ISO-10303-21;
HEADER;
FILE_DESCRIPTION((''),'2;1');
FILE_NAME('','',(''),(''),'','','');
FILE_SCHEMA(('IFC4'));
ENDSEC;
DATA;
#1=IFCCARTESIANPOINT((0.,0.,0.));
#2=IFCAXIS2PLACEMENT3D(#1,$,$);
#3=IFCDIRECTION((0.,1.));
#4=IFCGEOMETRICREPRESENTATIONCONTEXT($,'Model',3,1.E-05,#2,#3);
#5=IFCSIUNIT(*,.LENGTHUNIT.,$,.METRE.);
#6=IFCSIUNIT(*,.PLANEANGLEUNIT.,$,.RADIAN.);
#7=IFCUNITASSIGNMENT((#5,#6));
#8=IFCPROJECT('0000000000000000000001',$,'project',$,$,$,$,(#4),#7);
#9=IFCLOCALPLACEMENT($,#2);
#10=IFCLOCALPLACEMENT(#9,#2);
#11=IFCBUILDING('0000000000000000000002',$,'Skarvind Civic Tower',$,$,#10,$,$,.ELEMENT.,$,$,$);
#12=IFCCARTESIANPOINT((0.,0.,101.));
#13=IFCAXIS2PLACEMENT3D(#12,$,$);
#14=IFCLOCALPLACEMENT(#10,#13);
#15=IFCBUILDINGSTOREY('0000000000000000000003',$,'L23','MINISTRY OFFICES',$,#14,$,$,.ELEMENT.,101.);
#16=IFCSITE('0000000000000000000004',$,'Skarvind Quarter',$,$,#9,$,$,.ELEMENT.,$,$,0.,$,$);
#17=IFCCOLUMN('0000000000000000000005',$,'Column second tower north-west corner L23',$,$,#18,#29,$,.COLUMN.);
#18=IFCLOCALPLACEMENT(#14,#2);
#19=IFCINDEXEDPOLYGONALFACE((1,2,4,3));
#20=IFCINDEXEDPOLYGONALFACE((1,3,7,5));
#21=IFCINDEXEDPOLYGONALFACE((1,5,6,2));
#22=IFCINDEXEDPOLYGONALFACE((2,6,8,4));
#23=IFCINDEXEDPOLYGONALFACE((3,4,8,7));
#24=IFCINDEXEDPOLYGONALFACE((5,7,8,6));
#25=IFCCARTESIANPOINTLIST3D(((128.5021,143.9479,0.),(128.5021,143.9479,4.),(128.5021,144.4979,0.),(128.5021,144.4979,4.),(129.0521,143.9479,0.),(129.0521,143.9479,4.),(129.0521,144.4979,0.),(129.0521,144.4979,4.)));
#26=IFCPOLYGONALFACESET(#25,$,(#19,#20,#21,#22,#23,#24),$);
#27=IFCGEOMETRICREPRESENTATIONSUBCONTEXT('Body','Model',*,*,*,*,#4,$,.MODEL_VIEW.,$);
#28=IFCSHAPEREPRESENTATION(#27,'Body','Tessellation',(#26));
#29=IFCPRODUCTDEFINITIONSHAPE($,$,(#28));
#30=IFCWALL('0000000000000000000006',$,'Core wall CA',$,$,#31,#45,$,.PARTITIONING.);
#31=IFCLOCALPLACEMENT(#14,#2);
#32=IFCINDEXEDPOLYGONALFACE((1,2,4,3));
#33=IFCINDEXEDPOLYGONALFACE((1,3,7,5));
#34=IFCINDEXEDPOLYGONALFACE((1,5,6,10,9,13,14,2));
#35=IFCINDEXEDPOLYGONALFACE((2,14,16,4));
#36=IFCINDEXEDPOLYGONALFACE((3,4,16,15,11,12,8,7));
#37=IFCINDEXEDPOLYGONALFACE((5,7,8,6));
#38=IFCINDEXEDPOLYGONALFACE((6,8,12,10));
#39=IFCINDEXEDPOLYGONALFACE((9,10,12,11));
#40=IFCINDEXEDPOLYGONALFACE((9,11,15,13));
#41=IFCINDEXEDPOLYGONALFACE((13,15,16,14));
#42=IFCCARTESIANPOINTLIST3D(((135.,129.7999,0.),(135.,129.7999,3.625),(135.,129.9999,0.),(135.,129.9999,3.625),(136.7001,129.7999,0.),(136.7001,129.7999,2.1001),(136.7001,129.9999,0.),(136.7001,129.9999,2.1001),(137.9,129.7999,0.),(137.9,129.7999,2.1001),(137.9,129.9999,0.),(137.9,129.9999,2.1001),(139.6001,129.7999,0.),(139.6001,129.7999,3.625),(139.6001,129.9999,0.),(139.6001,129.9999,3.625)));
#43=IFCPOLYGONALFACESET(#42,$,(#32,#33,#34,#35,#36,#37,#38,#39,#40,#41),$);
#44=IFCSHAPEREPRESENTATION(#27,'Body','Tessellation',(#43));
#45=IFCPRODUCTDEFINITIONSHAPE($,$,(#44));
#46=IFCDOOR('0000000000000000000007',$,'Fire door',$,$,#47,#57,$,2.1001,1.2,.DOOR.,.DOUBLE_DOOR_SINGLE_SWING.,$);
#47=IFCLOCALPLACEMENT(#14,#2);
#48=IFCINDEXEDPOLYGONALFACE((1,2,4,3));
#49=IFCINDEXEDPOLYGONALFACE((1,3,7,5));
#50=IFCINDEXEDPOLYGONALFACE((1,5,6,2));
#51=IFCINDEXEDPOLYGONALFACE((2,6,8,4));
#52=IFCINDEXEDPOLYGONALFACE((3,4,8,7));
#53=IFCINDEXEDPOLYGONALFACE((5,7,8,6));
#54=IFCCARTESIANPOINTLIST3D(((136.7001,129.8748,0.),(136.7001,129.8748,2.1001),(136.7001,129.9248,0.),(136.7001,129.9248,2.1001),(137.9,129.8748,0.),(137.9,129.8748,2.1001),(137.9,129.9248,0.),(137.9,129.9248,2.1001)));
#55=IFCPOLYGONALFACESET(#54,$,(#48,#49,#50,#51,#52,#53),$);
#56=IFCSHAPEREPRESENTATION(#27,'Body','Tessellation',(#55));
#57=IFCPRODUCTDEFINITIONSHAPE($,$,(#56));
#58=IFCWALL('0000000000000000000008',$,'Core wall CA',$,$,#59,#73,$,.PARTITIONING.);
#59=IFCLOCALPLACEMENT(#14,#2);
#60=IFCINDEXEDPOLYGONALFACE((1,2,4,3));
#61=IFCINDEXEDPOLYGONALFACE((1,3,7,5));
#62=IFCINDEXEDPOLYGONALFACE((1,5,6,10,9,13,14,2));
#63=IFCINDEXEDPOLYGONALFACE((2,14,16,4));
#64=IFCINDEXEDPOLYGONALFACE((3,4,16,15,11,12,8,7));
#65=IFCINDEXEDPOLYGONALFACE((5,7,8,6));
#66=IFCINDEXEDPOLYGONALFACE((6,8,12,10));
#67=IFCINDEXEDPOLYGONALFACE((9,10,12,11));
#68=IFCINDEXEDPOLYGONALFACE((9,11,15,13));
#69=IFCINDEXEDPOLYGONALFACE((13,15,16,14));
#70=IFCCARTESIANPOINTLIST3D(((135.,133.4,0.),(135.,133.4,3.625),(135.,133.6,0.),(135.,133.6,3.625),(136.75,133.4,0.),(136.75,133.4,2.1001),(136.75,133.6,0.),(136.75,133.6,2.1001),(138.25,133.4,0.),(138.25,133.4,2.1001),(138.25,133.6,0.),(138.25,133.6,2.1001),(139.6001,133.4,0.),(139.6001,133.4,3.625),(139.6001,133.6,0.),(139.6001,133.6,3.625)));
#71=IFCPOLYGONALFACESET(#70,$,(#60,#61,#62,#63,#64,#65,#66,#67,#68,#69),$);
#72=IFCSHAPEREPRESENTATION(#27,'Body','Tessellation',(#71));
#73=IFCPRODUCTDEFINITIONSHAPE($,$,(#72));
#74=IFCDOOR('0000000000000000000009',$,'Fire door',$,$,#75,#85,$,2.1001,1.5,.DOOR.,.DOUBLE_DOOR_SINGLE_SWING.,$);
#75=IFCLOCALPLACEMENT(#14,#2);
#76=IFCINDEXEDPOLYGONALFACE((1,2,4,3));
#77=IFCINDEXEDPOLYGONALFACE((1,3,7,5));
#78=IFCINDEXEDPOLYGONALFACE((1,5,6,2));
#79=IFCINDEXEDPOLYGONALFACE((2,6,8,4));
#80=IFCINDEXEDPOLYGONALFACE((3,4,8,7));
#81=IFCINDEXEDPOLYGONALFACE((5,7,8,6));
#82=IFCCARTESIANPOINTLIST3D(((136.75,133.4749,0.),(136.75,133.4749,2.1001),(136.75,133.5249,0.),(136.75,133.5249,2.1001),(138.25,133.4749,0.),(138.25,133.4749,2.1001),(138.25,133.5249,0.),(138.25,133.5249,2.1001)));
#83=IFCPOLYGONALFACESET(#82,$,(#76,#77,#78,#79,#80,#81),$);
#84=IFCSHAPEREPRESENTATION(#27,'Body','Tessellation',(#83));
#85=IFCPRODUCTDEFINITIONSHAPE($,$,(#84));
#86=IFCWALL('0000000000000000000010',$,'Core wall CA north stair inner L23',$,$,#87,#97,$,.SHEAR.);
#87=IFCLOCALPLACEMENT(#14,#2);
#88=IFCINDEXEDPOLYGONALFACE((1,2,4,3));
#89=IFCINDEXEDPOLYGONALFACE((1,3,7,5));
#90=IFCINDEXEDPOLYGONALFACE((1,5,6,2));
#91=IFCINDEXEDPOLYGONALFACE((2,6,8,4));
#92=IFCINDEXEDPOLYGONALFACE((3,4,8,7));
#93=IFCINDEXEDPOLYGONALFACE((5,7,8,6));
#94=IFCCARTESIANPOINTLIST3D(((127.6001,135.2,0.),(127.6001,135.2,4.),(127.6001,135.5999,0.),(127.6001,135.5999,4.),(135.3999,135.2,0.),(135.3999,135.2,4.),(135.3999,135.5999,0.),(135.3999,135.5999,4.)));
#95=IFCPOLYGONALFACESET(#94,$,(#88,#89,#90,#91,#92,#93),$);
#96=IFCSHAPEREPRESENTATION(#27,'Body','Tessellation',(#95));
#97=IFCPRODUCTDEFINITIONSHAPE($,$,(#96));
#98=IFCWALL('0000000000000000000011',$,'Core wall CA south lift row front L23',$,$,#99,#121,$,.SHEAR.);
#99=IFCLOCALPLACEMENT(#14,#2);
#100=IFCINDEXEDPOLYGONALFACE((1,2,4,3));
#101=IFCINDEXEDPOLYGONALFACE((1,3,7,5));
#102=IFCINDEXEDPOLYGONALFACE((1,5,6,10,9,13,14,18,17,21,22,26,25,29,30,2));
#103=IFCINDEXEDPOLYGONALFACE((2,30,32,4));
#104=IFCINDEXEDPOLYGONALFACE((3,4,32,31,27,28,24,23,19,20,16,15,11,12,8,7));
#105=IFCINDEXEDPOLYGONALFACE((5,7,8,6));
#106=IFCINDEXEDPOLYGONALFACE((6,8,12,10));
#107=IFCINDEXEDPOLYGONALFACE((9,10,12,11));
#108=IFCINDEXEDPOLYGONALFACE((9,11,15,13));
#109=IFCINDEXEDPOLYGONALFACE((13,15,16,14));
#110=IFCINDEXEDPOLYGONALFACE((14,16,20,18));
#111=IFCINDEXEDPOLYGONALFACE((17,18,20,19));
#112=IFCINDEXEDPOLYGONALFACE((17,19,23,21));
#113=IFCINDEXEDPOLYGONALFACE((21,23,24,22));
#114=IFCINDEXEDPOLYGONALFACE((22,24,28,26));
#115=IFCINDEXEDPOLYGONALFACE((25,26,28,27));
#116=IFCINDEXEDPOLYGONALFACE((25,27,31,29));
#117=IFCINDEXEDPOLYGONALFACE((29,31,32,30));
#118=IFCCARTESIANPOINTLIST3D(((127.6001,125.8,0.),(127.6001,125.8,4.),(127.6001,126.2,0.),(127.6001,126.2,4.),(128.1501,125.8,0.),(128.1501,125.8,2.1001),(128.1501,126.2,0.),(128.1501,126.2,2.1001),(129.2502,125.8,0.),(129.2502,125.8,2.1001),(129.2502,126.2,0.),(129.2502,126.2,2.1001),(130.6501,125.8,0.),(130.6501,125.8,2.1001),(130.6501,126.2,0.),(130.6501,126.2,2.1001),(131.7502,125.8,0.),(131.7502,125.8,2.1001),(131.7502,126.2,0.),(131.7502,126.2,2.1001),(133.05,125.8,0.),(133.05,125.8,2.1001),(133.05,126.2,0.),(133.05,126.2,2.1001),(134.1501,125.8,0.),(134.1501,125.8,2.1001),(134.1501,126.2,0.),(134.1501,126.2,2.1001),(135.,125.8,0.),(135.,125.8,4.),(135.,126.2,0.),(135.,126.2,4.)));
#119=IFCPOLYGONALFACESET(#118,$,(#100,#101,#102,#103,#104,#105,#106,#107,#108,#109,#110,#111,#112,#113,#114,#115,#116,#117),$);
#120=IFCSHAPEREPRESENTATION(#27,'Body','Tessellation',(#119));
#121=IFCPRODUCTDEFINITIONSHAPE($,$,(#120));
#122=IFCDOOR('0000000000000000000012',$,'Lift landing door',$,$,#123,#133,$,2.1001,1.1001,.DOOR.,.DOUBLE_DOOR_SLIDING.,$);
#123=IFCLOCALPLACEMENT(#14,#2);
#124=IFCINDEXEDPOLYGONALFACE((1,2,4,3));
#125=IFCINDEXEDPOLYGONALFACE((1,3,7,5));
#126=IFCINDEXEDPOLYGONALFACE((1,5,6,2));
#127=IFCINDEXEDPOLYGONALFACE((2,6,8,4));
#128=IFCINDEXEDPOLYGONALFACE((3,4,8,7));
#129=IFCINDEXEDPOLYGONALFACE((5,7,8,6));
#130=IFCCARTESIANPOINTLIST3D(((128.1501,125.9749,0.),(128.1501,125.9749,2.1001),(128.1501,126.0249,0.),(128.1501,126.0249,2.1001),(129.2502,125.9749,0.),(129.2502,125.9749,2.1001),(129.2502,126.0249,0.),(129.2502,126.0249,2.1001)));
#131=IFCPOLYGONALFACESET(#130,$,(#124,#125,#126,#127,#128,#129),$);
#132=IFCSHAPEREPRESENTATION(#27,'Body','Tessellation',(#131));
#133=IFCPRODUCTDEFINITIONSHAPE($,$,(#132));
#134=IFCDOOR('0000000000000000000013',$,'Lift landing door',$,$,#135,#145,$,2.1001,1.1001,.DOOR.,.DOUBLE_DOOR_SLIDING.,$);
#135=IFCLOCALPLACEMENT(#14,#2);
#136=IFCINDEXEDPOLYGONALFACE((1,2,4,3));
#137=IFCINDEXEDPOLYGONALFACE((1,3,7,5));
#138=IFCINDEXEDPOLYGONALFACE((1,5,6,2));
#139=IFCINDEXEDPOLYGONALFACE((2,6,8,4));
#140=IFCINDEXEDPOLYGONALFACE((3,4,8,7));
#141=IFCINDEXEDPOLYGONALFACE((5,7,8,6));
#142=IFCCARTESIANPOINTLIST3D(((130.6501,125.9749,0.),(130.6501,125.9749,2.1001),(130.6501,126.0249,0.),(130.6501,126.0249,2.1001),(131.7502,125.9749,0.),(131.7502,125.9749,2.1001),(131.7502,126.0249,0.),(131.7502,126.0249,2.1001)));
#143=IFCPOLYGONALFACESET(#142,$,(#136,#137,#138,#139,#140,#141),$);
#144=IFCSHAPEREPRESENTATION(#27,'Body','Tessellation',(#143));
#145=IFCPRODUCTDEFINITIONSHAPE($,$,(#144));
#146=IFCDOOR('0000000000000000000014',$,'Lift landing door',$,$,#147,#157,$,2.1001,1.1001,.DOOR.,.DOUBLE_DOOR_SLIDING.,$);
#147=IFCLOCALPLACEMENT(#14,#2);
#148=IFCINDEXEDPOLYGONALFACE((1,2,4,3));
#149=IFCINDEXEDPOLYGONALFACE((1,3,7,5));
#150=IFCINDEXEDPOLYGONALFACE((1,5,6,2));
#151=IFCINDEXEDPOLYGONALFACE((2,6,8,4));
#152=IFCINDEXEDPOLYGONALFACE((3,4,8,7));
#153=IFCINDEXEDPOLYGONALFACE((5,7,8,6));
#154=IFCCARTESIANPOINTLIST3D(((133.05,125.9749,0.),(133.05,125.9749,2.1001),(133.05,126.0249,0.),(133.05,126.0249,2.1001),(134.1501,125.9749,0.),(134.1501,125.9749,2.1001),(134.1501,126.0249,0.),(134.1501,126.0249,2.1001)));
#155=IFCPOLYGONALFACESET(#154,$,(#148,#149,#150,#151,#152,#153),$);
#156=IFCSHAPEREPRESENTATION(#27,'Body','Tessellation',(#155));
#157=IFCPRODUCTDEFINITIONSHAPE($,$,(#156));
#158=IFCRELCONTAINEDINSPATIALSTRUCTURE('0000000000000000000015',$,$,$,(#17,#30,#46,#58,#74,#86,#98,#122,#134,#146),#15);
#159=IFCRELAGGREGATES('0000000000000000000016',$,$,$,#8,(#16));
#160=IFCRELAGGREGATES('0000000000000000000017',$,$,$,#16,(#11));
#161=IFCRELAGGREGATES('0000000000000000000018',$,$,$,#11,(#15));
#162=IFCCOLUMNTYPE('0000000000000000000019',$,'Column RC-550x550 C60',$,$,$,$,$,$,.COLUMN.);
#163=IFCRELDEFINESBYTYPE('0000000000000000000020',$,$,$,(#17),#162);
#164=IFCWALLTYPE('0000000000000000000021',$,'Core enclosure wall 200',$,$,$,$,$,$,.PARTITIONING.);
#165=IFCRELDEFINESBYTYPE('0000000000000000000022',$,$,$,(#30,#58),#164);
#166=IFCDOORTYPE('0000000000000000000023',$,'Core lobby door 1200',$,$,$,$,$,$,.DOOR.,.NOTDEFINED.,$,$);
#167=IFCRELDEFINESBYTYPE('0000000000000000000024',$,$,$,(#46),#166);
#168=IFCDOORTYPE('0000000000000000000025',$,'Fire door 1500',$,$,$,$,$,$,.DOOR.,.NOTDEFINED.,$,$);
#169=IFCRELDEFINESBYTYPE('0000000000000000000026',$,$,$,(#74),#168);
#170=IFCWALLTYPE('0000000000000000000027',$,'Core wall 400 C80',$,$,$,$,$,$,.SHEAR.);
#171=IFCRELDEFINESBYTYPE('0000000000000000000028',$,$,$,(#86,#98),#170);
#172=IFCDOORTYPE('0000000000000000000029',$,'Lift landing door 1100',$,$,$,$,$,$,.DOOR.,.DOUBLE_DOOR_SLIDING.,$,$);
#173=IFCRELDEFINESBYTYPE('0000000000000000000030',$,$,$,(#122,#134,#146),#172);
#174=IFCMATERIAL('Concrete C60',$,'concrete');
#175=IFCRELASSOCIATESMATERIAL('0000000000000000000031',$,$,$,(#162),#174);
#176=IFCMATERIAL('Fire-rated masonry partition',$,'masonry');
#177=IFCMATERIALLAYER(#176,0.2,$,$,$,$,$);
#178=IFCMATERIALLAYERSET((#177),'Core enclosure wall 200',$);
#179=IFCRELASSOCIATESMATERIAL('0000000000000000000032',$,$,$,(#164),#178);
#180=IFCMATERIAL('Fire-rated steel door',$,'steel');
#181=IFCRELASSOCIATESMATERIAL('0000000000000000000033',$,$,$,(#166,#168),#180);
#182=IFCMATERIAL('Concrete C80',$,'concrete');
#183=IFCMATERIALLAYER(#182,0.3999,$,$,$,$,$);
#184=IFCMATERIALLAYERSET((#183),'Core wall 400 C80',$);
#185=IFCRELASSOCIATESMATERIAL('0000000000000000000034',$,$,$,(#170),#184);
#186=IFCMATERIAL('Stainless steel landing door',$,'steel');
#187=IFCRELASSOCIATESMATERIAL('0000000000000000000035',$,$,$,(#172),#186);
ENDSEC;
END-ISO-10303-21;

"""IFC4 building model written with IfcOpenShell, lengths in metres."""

from ifc_helpers import new_model, si_unit, direction, frame, frame_2d, origin, origin_2d, place, context, subcontext, project, spatial, rectangle, extrude, material, layer, layer_set, material_profile, profile_set, type_object, element, fill, save


model = new_model("IFC4")

# Units and contexts
model_context = context("Model", 3, precision=1e-05, world=origin(), true_north=direction((0.0, 1.0)))
body_context = subcontext(model_context, "Body", "Model", "MODEL_VIEW")
ifc_project = project(units=[si_unit("LENGTHUNIT", "METRE"), si_unit("PLANEANGLEUNIT", "RADIAN")], contexts=[model_context])

# Site, building, storey
site_placement = place(None, origin())
site = spatial("IfcSite", under=ifc_project, at=site_placement, Name="Skarvind Quarter", CompositionType="ELEMENT", RefElevation=0.0)
building_placement = place(site_placement, origin())
building = spatial("IfcBuilding", under=site, at=building_placement, Name="Skarvind Civic Tower", CompositionType="ELEMENT")
storey_placement = place(building_placement, frame((0.0, 0.0, 101.0)))
storey = spatial("IfcBuildingStorey", under=building, at=storey_placement, Name="L23", Description="MINISTRY OFFICES", CompositionType="ELEMENT", Elevation=101.0)

# Column
ifc_material_1 = material(Name="Concrete C60", Category="concrete")
ifc_material_profile = material_profile(ifc_material_1, rectangle(XDim=0.55, YDim=0.55, at=origin_2d()), Name="RC-550x550")
ifc_profile_set = profile_set([ifc_material_profile], Name="Concrete C60")
column_type = type_object("IfcColumnType", Name="Column RC-550x550 C60", PredefinedType="COLUMN", material=ifc_profile_set)
column_placement = place(storey_placement, frame((128.7771, 144.2229, 0.0), z_axis=(0.0, 0.0, 1.0), x_axis=(1.0, 0.0, 0.0)))
element("IfcColumn", 1, at=column_placement, inside=storey, type_object=column_type, Name="Column second tower north-west corner L23", PredefinedType="COLUMN", context=body_context, shape_type="SweptSolid", body=[
    extrude(rectangle(XDim=0.55, YDim=0.55, at=origin_2d()), origin(), (0.0, 0.0, 1.0), 4.0),
])

# Walls, openings, doors
ifc_material_2 = material(Name="Fire-rated masonry partition", Category="masonry")
ifc_layer_1 = layer(ifc_material_2, 0.2)
ifc_layer_set_1 = layer_set([ifc_layer_1], Name="Core enclosure wall 200")
wall_type_1 = type_object("IfcWallType", Name="Core enclosure wall 200", PredefinedType="PARTITIONING", material=ifc_layer_set_1)
wall_1_placement = place(storey_placement, frame((135.0, 129.8999, 0.0), z_axis=(0.0, 0.0, 1.0), x_axis=(1.0, 0.0, 0.0)))
wall_1 = element("IfcWall", 2, at=wall_1_placement, inside=storey, type_object=wall_type_1, Name="Core wall CA", PredefinedType="PARTITIONING", context=body_context, shape_type="SweptSolid", body=[
    extrude(rectangle(XDim=4.6001, YDim=0.2, at=frame_2d((2.3, 0.0))), origin(), (0.0, 0.0, 1.0), 3.625),
])
opening_1_placement = place(wall_1_placement, frame((1.7, 0.0, 0.0)))
opening_1 = element("IfcOpeningElement", 3, at=opening_1_placement, cuts=wall_1, PredefinedType="OPENING", context=body_context, shape_type="SweptSolid", body=[
    extrude(rectangle(XDim=1.2, YDim=2.1001, at=frame_2d((0.6001, 1.05))), frame((0.0, 0.1099, 0.0), z_axis=(0.0, -1.0, 0.0), x_axis=(1.0, 0.0, 0.0)), (0.0, 0.0, 1.0), 0.22),
])
ifc_material_3 = material(Name="Fire-rated steel door", Category="steel")
door_type_1 = type_object("IfcDoorType", Name="Core lobby door 1200", OperationType="NOTDEFINED", PredefinedType="DOOR", material=ifc_material_3)
door_1_placement = place(opening_1_placement, origin())
door_1 = element("IfcDoor", 4, at=door_1_placement, inside=storey, type_object=door_type_1, Name="Fire door", OperationType="DOUBLE_DOOR_SINGLE_SWING", OverallHeight=2.1001, OverallWidth=1.2, PredefinedType="DOOR", context=body_context, shape_type="SweptSolid", body=[
    extrude(rectangle(XDim=1.2, YDim=2.1001, at=frame_2d((0.6001, 1.05))), frame((0.0, 0.0249, 0.0), z_axis=(0.0, -1.0, 0.0), x_axis=(1.0, 0.0, 0.0)), (0.0, 0.0, 1.0), 0.05),
])
fill(opening_1, door_1)
wall_2_placement = place(storey_placement, frame((135.0, 133.5, 0.0), z_axis=(0.0, 0.0, 1.0), x_axis=(1.0, 0.0, 0.0)))
wall_2 = element("IfcWall", 5, at=wall_2_placement, inside=storey, type_object=wall_type_1, Name="Core wall CA", PredefinedType="PARTITIONING", context=body_context, shape_type="SweptSolid", body=[
    extrude(rectangle(XDim=4.6001, YDim=0.2, at=frame_2d((2.3, 0.0))), origin(), (0.0, 0.0, 1.0), 3.625),
])
opening_2_placement = place(wall_2_placement, frame((1.75, 0.0, 0.0)))
opening_2 = element("IfcOpeningElement", 6, at=opening_2_placement, cuts=wall_2, PredefinedType="OPENING", context=body_context, shape_type="SweptSolid", body=[
    extrude(rectangle(XDim=1.5, YDim=2.1001, at=frame_2d((0.75, 1.05))), frame((0.0, 0.1099, 0.0), z_axis=(0.0, -1.0, 0.0), x_axis=(1.0, 0.0, 0.0)), (0.0, 0.0, 1.0), 0.22),
])
door_type_2 = type_object("IfcDoorType", Name="Fire door 1500", OperationType="NOTDEFINED", PredefinedType="DOOR", material=ifc_material_3)
door_2_placement = place(opening_2_placement, origin())
door_2 = element("IfcDoor", 7, at=door_2_placement, inside=storey, type_object=door_type_2, Name="Fire door", OperationType="DOUBLE_DOOR_SINGLE_SWING", OverallHeight=2.1001, OverallWidth=1.5, PredefinedType="DOOR", context=body_context, shape_type="SweptSolid", body=[
    extrude(rectangle(XDim=1.5, YDim=2.1001, at=frame_2d((0.75, 1.05))), frame((0.0, 0.0249, 0.0), z_axis=(0.0, -1.0, 0.0), x_axis=(1.0, 0.0, 0.0)), (0.0, 0.0, 1.0), 0.05),
])
fill(opening_2, door_2)

# Wall
ifc_material_4 = material(Name="Concrete C80", Category="concrete")
ifc_layer_2 = layer(ifc_material_4, 0.3999)
ifc_layer_set_2 = layer_set([ifc_layer_2], Name="Core wall 400 C80")
wall_type_2 = type_object("IfcWallType", Name="Core wall 400 C80", PredefinedType="SHEAR", material=ifc_layer_set_2)
wall_3_placement = place(storey_placement, frame((127.6001, 135.3999, 0.0), z_axis=(0.0, 0.0, 1.0), x_axis=(1.0, 0.0, 0.0)))
element("IfcWall", 8, at=wall_3_placement, inside=storey, type_object=wall_type_2, Name="Core wall CA north stair inner L23", PredefinedType="SHEAR", context=body_context, shape_type="SweptSolid", body=[
    extrude(rectangle(XDim=7.7998, YDim=0.3999, at=frame_2d((3.8999, 0.0))), origin(), (0.0, 0.0, 1.0), 4.0),
])

# Wall, openings, doors
wall_4_placement = place(storey_placement, frame((127.6001, 126.0, 0.0), z_axis=(0.0, 0.0, 1.0), x_axis=(1.0, 0.0, 0.0)))
wall_4 = element("IfcWall", 9, at=wall_4_placement, inside=storey, type_object=wall_type_2, Name="Core wall CA south lift row front L23", PredefinedType="SHEAR", context=body_context, shape_type="SweptSolid", body=[
    extrude(rectangle(XDim=7.3999, YDim=0.3999, at=frame_2d((3.7, 0.0))), origin(), (0.0, 0.0, 1.0), 4.0),
])
opening_3_placement = place(wall_4_placement, frame((0.55, 0.0, 0.0)))
opening_3 = element("IfcOpeningElement", 10, at=opening_3_placement, cuts=wall_4, PredefinedType="OPENING", context=body_context, shape_type="SweptSolid", body=[
    extrude(rectangle(XDim=1.1001, YDim=2.1001, at=frame_2d((0.55, 1.05))), frame((0.0, 0.21, 0.0), z_axis=(0.0, -1.0, 0.0), x_axis=(1.0, 0.0, 0.0)), (0.0, 0.0, 1.0), 0.4199),
])
opening_4_placement = place(wall_4_placement, frame((3.05, 0.0, 0.0)))
opening_4 = element("IfcOpeningElement", 11, at=opening_4_placement, cuts=wall_4, PredefinedType="OPENING", context=body_context, shape_type="SweptSolid", body=[
    extrude(rectangle(XDim=1.1001, YDim=2.1001, at=frame_2d((0.55, 1.05))), frame((0.0, 0.21, 0.0), z_axis=(0.0, -1.0, 0.0), x_axis=(1.0, 0.0, 0.0)), (0.0, 0.0, 1.0), 0.4199),
])
opening_5_placement = place(wall_4_placement, frame((5.45, 0.0, 0.0)))
opening_5 = element("IfcOpeningElement", 12, at=opening_5_placement, cuts=wall_4, PredefinedType="OPENING", context=body_context, shape_type="SweptSolid", body=[
    extrude(rectangle(XDim=1.1001, YDim=2.1001, at=frame_2d((0.55, 1.05))), frame((0.0, 0.21, 0.0), z_axis=(0.0, -1.0, 0.0), x_axis=(1.0, 0.0, 0.0)), (0.0, 0.0, 1.0), 0.4199),
])
ifc_material_5 = material(Name="Stainless steel landing door", Category="steel")
door_type_3 = type_object("IfcDoorType", Name="Lift landing door 1100", OperationType="DOUBLE_DOOR_SLIDING", PredefinedType="DOOR", material=ifc_material_5)
door_3_placement = place(opening_3_placement, origin())
door_3 = element("IfcDoor", 13, at=door_3_placement, inside=storey, type_object=door_type_3, Name="Lift landing door", OperationType="DOUBLE_DOOR_SLIDING", OverallHeight=2.1001, OverallWidth=1.1001, PredefinedType="DOOR", context=body_context, shape_type="SweptSolid", body=[
    extrude(rectangle(XDim=1.1001, YDim=2.1001, at=frame_2d((0.55, 1.05))), frame((0.0, 0.0249, 0.0), z_axis=(0.0, -1.0, 0.0), x_axis=(1.0, 0.0, 0.0)), (0.0, 0.0, 1.0), 0.05),
])
fill(opening_3, door_3)
door_4_placement = place(opening_4_placement, origin())
door_4 = element("IfcDoor", 14, at=door_4_placement, inside=storey, type_object=door_type_3, Name="Lift landing door", OperationType="DOUBLE_DOOR_SLIDING", OverallHeight=2.1001, OverallWidth=1.1001, PredefinedType="DOOR", context=body_context, shape_type="SweptSolid", body=[
    extrude(rectangle(XDim=1.1001, YDim=2.1001, at=frame_2d((0.55, 1.05))), frame((0.0, 0.0249, 0.0), z_axis=(0.0, -1.0, 0.0), x_axis=(1.0, 0.0, 0.0)), (0.0, 0.0, 1.0), 0.05),
])
fill(opening_4, door_4)
door_5_placement = place(opening_5_placement, origin())
door_5 = element("IfcDoor", 15, at=door_5_placement, inside=storey, type_object=door_type_3, Name="Lift landing door", OperationType="DOUBLE_DOOR_SLIDING", OverallHeight=2.1001, OverallWidth=1.1001, PredefinedType="DOOR", context=body_context, shape_type="SweptSolid", body=[
    extrude(rectangle(XDim=1.1001, YDim=2.1001, at=frame_2d((0.55, 1.05))), frame((0.0, 0.0249, 0.0), z_axis=(0.0, -1.0, 0.0), x_axis=(1.0, 0.0, 0.0)), (0.0, 0.0, 1.0), 0.05),
])
fill(opening_5, door_5)

save(model, "model.ifc")
